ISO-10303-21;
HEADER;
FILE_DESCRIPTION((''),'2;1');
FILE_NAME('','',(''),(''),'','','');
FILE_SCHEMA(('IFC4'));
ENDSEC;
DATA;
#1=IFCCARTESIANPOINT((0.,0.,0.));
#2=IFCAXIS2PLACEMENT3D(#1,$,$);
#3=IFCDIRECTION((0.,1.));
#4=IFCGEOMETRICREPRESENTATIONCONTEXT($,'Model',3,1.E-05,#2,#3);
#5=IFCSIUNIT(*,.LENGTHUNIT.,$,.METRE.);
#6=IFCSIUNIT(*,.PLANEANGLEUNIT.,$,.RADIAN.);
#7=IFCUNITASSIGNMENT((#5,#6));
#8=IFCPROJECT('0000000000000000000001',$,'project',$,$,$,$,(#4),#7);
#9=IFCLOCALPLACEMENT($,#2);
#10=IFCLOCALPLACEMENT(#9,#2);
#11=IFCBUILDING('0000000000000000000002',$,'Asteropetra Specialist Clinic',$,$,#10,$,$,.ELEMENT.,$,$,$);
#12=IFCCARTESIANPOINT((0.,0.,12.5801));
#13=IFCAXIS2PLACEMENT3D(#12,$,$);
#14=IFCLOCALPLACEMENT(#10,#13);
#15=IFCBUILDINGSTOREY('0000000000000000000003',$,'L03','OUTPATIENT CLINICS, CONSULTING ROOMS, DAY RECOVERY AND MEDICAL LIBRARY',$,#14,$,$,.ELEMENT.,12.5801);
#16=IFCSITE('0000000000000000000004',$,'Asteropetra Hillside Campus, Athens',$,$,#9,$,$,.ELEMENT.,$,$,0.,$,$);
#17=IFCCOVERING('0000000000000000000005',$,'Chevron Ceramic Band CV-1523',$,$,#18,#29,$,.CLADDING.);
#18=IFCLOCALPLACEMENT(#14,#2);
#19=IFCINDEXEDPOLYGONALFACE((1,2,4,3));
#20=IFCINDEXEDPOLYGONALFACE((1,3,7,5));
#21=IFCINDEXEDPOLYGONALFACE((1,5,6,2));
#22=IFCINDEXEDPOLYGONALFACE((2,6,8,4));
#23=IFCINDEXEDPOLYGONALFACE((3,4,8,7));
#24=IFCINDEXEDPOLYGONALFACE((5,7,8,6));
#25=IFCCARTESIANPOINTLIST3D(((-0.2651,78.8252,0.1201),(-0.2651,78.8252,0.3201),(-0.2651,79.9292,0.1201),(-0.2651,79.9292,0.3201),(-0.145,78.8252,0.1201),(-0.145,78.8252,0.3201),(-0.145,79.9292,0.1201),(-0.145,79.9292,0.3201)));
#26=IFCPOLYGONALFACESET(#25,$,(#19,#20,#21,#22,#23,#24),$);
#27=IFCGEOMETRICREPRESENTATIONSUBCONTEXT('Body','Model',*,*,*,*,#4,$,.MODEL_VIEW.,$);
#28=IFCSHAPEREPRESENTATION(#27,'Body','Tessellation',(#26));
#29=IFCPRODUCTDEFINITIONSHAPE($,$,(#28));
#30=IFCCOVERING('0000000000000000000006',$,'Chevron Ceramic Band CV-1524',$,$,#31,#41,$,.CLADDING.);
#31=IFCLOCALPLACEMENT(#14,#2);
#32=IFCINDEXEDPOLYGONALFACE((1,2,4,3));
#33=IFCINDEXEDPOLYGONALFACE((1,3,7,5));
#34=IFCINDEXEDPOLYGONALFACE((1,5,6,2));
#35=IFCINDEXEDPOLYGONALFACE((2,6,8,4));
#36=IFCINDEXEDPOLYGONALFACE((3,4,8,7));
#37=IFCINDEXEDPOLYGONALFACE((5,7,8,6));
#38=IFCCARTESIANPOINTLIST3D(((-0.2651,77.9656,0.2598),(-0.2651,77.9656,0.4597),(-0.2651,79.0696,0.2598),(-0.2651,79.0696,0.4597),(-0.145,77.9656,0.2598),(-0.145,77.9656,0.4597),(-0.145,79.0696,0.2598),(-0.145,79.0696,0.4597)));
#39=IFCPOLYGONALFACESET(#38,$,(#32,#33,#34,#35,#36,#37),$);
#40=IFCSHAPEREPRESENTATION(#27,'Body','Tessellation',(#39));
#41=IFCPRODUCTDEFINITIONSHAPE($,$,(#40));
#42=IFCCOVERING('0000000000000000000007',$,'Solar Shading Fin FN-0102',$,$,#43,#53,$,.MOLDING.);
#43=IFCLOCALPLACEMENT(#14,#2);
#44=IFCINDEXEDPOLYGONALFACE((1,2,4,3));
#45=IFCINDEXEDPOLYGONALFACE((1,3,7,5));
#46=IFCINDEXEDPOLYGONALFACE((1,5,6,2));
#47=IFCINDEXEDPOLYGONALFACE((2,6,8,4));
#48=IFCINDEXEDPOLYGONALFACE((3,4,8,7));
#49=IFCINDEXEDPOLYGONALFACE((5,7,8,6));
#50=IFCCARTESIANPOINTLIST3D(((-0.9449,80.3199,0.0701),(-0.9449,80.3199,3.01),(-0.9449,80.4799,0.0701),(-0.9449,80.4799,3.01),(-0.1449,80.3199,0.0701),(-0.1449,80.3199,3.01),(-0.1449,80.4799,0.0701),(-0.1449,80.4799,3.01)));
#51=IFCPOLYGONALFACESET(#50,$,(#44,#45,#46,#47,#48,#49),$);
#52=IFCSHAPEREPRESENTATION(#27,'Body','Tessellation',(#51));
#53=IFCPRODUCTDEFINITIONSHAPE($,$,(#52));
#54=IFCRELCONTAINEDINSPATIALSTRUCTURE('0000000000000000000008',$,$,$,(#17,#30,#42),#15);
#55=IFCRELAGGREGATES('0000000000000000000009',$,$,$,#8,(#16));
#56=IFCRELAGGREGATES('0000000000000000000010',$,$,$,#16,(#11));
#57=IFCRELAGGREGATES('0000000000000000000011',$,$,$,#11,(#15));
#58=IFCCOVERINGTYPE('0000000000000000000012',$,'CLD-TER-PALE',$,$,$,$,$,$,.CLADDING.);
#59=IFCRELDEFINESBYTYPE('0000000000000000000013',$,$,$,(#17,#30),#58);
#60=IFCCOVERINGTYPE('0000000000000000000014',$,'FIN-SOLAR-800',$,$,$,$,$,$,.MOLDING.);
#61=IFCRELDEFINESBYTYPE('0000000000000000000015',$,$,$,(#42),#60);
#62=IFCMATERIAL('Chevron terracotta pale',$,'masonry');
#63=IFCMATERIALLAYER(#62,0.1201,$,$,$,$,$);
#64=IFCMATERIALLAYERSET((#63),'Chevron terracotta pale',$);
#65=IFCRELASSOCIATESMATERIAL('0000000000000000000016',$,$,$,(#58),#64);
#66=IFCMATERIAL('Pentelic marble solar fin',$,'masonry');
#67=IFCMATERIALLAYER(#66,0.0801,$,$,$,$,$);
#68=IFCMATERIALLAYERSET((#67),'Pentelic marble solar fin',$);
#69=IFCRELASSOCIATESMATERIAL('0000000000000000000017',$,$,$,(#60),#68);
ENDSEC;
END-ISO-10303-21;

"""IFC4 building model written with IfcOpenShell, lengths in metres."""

from ifc_helpers import new_model, si_unit, direction, frame, origin, origin_2d, place, context, subcontext, project, spatial, rectangle, extrude, material, layer, layer_set, type_object, element, save


model = new_model("IFC4")

# Units and contexts
model_context = context("Model", 3, precision=1e-05, world=origin(), true_north=direction((0.0, 1.0)))
body_context = subcontext(model_context, "Body", "Model", "MODEL_VIEW")
ifc_project = project(units=[si_unit("LENGTHUNIT", "METRE"), si_unit("PLANEANGLEUNIT", "RADIAN")], contexts=[model_context])

# Site, building, storey
site_placement = place(None, origin())
site = spatial("IfcSite", under=ifc_project, at=site_placement, Name="Asteropetra Hillside Campus, Athens", CompositionType="ELEMENT", RefElevation=0.0)
building_placement = place(site_placement, origin())
building = spatial("IfcBuilding", under=site, at=building_placement, Name="Asteropetra Specialist Clinic", CompositionType="ELEMENT")
storey_placement = place(building_placement, frame((0.0, 0.0, 12.5801)))
storey = spatial("IfcBuildingStorey", under=building, at=storey_placement, Name="L03", Description="OUTPATIENT CLINICS, CONSULTING ROOMS, DAY RECOVERY AND MEDICAL LIBRARY", CompositionType="ELEMENT", Elevation=12.5801)

# Coverings
ifc_material_1 = material(Name="Chevron terracotta pale", Category="masonry")
ifc_layer_1 = layer(ifc_material_1, 0.1201)
ifc_layer_set_1 = layer_set([ifc_layer_1], Name="Chevron terracotta pale")
covering_type_1 = type_object("IfcCoveringType", Name="CLD-TER-PALE", PredefinedType="CLADDING", material=ifc_layer_set_1)
for number, where, z_axis, x_axis, name in (
    (1, (-0.2051, 79.3772, 0.1201), (0.0, 0.0, 1.0), (1.0, 0.0, 0.0), "Chevron Ceramic Band CV-1523"),
    (2, (-0.2051, 78.5176, 0.2598), (0.0, 0.0, 1.0), (1.0, 0.0, 0.0), "Chevron Ceramic Band CV-1524"),
):
    element("IfcCovering", number, at=place(storey_placement, frame(where, z_axis=z_axis, x_axis=x_axis)), inside=storey, type_object=covering_type_1, Name=name, PredefinedType="CLADDING", context=body_context, shape_type="SweptSolid", body=[
        extrude(rectangle(XDim=0.1201, YDim=1.104, at=origin_2d()), origin(), (0.0, 0.0, 1.0), 0.2),
    ])
ifc_material_2 = material(Name="Pentelic marble solar fin", Category="masonry")
ifc_layer_2 = layer(ifc_material_2, 0.0801)
ifc_layer_set_2 = layer_set([ifc_layer_2], Name="Pentelic marble solar fin")
covering_type_2 = type_object("IfcCoveringType", Name="FIN-SOLAR-800", PredefinedType="MOLDING", material=ifc_layer_set_2)
covering_1_placement = place(storey_placement, frame((-0.5449, 80.3999, 0.0701), z_axis=(0.0, 0.0, 1.0), x_axis=(1.0, 0.0, 0.0)))
element("IfcCovering", 3, at=covering_1_placement, inside=storey, type_object=covering_type_2, Name="Solar Shading Fin FN-0102", PredefinedType="MOLDING", context=body_context, shape_type="SweptSolid", body=[
    extrude(rectangle(XDim=0.8, YDim=0.1599, at=origin_2d()), origin(), (0.0, 0.0, 1.0), 2.9399),
])

save(model, "model.ifc")
